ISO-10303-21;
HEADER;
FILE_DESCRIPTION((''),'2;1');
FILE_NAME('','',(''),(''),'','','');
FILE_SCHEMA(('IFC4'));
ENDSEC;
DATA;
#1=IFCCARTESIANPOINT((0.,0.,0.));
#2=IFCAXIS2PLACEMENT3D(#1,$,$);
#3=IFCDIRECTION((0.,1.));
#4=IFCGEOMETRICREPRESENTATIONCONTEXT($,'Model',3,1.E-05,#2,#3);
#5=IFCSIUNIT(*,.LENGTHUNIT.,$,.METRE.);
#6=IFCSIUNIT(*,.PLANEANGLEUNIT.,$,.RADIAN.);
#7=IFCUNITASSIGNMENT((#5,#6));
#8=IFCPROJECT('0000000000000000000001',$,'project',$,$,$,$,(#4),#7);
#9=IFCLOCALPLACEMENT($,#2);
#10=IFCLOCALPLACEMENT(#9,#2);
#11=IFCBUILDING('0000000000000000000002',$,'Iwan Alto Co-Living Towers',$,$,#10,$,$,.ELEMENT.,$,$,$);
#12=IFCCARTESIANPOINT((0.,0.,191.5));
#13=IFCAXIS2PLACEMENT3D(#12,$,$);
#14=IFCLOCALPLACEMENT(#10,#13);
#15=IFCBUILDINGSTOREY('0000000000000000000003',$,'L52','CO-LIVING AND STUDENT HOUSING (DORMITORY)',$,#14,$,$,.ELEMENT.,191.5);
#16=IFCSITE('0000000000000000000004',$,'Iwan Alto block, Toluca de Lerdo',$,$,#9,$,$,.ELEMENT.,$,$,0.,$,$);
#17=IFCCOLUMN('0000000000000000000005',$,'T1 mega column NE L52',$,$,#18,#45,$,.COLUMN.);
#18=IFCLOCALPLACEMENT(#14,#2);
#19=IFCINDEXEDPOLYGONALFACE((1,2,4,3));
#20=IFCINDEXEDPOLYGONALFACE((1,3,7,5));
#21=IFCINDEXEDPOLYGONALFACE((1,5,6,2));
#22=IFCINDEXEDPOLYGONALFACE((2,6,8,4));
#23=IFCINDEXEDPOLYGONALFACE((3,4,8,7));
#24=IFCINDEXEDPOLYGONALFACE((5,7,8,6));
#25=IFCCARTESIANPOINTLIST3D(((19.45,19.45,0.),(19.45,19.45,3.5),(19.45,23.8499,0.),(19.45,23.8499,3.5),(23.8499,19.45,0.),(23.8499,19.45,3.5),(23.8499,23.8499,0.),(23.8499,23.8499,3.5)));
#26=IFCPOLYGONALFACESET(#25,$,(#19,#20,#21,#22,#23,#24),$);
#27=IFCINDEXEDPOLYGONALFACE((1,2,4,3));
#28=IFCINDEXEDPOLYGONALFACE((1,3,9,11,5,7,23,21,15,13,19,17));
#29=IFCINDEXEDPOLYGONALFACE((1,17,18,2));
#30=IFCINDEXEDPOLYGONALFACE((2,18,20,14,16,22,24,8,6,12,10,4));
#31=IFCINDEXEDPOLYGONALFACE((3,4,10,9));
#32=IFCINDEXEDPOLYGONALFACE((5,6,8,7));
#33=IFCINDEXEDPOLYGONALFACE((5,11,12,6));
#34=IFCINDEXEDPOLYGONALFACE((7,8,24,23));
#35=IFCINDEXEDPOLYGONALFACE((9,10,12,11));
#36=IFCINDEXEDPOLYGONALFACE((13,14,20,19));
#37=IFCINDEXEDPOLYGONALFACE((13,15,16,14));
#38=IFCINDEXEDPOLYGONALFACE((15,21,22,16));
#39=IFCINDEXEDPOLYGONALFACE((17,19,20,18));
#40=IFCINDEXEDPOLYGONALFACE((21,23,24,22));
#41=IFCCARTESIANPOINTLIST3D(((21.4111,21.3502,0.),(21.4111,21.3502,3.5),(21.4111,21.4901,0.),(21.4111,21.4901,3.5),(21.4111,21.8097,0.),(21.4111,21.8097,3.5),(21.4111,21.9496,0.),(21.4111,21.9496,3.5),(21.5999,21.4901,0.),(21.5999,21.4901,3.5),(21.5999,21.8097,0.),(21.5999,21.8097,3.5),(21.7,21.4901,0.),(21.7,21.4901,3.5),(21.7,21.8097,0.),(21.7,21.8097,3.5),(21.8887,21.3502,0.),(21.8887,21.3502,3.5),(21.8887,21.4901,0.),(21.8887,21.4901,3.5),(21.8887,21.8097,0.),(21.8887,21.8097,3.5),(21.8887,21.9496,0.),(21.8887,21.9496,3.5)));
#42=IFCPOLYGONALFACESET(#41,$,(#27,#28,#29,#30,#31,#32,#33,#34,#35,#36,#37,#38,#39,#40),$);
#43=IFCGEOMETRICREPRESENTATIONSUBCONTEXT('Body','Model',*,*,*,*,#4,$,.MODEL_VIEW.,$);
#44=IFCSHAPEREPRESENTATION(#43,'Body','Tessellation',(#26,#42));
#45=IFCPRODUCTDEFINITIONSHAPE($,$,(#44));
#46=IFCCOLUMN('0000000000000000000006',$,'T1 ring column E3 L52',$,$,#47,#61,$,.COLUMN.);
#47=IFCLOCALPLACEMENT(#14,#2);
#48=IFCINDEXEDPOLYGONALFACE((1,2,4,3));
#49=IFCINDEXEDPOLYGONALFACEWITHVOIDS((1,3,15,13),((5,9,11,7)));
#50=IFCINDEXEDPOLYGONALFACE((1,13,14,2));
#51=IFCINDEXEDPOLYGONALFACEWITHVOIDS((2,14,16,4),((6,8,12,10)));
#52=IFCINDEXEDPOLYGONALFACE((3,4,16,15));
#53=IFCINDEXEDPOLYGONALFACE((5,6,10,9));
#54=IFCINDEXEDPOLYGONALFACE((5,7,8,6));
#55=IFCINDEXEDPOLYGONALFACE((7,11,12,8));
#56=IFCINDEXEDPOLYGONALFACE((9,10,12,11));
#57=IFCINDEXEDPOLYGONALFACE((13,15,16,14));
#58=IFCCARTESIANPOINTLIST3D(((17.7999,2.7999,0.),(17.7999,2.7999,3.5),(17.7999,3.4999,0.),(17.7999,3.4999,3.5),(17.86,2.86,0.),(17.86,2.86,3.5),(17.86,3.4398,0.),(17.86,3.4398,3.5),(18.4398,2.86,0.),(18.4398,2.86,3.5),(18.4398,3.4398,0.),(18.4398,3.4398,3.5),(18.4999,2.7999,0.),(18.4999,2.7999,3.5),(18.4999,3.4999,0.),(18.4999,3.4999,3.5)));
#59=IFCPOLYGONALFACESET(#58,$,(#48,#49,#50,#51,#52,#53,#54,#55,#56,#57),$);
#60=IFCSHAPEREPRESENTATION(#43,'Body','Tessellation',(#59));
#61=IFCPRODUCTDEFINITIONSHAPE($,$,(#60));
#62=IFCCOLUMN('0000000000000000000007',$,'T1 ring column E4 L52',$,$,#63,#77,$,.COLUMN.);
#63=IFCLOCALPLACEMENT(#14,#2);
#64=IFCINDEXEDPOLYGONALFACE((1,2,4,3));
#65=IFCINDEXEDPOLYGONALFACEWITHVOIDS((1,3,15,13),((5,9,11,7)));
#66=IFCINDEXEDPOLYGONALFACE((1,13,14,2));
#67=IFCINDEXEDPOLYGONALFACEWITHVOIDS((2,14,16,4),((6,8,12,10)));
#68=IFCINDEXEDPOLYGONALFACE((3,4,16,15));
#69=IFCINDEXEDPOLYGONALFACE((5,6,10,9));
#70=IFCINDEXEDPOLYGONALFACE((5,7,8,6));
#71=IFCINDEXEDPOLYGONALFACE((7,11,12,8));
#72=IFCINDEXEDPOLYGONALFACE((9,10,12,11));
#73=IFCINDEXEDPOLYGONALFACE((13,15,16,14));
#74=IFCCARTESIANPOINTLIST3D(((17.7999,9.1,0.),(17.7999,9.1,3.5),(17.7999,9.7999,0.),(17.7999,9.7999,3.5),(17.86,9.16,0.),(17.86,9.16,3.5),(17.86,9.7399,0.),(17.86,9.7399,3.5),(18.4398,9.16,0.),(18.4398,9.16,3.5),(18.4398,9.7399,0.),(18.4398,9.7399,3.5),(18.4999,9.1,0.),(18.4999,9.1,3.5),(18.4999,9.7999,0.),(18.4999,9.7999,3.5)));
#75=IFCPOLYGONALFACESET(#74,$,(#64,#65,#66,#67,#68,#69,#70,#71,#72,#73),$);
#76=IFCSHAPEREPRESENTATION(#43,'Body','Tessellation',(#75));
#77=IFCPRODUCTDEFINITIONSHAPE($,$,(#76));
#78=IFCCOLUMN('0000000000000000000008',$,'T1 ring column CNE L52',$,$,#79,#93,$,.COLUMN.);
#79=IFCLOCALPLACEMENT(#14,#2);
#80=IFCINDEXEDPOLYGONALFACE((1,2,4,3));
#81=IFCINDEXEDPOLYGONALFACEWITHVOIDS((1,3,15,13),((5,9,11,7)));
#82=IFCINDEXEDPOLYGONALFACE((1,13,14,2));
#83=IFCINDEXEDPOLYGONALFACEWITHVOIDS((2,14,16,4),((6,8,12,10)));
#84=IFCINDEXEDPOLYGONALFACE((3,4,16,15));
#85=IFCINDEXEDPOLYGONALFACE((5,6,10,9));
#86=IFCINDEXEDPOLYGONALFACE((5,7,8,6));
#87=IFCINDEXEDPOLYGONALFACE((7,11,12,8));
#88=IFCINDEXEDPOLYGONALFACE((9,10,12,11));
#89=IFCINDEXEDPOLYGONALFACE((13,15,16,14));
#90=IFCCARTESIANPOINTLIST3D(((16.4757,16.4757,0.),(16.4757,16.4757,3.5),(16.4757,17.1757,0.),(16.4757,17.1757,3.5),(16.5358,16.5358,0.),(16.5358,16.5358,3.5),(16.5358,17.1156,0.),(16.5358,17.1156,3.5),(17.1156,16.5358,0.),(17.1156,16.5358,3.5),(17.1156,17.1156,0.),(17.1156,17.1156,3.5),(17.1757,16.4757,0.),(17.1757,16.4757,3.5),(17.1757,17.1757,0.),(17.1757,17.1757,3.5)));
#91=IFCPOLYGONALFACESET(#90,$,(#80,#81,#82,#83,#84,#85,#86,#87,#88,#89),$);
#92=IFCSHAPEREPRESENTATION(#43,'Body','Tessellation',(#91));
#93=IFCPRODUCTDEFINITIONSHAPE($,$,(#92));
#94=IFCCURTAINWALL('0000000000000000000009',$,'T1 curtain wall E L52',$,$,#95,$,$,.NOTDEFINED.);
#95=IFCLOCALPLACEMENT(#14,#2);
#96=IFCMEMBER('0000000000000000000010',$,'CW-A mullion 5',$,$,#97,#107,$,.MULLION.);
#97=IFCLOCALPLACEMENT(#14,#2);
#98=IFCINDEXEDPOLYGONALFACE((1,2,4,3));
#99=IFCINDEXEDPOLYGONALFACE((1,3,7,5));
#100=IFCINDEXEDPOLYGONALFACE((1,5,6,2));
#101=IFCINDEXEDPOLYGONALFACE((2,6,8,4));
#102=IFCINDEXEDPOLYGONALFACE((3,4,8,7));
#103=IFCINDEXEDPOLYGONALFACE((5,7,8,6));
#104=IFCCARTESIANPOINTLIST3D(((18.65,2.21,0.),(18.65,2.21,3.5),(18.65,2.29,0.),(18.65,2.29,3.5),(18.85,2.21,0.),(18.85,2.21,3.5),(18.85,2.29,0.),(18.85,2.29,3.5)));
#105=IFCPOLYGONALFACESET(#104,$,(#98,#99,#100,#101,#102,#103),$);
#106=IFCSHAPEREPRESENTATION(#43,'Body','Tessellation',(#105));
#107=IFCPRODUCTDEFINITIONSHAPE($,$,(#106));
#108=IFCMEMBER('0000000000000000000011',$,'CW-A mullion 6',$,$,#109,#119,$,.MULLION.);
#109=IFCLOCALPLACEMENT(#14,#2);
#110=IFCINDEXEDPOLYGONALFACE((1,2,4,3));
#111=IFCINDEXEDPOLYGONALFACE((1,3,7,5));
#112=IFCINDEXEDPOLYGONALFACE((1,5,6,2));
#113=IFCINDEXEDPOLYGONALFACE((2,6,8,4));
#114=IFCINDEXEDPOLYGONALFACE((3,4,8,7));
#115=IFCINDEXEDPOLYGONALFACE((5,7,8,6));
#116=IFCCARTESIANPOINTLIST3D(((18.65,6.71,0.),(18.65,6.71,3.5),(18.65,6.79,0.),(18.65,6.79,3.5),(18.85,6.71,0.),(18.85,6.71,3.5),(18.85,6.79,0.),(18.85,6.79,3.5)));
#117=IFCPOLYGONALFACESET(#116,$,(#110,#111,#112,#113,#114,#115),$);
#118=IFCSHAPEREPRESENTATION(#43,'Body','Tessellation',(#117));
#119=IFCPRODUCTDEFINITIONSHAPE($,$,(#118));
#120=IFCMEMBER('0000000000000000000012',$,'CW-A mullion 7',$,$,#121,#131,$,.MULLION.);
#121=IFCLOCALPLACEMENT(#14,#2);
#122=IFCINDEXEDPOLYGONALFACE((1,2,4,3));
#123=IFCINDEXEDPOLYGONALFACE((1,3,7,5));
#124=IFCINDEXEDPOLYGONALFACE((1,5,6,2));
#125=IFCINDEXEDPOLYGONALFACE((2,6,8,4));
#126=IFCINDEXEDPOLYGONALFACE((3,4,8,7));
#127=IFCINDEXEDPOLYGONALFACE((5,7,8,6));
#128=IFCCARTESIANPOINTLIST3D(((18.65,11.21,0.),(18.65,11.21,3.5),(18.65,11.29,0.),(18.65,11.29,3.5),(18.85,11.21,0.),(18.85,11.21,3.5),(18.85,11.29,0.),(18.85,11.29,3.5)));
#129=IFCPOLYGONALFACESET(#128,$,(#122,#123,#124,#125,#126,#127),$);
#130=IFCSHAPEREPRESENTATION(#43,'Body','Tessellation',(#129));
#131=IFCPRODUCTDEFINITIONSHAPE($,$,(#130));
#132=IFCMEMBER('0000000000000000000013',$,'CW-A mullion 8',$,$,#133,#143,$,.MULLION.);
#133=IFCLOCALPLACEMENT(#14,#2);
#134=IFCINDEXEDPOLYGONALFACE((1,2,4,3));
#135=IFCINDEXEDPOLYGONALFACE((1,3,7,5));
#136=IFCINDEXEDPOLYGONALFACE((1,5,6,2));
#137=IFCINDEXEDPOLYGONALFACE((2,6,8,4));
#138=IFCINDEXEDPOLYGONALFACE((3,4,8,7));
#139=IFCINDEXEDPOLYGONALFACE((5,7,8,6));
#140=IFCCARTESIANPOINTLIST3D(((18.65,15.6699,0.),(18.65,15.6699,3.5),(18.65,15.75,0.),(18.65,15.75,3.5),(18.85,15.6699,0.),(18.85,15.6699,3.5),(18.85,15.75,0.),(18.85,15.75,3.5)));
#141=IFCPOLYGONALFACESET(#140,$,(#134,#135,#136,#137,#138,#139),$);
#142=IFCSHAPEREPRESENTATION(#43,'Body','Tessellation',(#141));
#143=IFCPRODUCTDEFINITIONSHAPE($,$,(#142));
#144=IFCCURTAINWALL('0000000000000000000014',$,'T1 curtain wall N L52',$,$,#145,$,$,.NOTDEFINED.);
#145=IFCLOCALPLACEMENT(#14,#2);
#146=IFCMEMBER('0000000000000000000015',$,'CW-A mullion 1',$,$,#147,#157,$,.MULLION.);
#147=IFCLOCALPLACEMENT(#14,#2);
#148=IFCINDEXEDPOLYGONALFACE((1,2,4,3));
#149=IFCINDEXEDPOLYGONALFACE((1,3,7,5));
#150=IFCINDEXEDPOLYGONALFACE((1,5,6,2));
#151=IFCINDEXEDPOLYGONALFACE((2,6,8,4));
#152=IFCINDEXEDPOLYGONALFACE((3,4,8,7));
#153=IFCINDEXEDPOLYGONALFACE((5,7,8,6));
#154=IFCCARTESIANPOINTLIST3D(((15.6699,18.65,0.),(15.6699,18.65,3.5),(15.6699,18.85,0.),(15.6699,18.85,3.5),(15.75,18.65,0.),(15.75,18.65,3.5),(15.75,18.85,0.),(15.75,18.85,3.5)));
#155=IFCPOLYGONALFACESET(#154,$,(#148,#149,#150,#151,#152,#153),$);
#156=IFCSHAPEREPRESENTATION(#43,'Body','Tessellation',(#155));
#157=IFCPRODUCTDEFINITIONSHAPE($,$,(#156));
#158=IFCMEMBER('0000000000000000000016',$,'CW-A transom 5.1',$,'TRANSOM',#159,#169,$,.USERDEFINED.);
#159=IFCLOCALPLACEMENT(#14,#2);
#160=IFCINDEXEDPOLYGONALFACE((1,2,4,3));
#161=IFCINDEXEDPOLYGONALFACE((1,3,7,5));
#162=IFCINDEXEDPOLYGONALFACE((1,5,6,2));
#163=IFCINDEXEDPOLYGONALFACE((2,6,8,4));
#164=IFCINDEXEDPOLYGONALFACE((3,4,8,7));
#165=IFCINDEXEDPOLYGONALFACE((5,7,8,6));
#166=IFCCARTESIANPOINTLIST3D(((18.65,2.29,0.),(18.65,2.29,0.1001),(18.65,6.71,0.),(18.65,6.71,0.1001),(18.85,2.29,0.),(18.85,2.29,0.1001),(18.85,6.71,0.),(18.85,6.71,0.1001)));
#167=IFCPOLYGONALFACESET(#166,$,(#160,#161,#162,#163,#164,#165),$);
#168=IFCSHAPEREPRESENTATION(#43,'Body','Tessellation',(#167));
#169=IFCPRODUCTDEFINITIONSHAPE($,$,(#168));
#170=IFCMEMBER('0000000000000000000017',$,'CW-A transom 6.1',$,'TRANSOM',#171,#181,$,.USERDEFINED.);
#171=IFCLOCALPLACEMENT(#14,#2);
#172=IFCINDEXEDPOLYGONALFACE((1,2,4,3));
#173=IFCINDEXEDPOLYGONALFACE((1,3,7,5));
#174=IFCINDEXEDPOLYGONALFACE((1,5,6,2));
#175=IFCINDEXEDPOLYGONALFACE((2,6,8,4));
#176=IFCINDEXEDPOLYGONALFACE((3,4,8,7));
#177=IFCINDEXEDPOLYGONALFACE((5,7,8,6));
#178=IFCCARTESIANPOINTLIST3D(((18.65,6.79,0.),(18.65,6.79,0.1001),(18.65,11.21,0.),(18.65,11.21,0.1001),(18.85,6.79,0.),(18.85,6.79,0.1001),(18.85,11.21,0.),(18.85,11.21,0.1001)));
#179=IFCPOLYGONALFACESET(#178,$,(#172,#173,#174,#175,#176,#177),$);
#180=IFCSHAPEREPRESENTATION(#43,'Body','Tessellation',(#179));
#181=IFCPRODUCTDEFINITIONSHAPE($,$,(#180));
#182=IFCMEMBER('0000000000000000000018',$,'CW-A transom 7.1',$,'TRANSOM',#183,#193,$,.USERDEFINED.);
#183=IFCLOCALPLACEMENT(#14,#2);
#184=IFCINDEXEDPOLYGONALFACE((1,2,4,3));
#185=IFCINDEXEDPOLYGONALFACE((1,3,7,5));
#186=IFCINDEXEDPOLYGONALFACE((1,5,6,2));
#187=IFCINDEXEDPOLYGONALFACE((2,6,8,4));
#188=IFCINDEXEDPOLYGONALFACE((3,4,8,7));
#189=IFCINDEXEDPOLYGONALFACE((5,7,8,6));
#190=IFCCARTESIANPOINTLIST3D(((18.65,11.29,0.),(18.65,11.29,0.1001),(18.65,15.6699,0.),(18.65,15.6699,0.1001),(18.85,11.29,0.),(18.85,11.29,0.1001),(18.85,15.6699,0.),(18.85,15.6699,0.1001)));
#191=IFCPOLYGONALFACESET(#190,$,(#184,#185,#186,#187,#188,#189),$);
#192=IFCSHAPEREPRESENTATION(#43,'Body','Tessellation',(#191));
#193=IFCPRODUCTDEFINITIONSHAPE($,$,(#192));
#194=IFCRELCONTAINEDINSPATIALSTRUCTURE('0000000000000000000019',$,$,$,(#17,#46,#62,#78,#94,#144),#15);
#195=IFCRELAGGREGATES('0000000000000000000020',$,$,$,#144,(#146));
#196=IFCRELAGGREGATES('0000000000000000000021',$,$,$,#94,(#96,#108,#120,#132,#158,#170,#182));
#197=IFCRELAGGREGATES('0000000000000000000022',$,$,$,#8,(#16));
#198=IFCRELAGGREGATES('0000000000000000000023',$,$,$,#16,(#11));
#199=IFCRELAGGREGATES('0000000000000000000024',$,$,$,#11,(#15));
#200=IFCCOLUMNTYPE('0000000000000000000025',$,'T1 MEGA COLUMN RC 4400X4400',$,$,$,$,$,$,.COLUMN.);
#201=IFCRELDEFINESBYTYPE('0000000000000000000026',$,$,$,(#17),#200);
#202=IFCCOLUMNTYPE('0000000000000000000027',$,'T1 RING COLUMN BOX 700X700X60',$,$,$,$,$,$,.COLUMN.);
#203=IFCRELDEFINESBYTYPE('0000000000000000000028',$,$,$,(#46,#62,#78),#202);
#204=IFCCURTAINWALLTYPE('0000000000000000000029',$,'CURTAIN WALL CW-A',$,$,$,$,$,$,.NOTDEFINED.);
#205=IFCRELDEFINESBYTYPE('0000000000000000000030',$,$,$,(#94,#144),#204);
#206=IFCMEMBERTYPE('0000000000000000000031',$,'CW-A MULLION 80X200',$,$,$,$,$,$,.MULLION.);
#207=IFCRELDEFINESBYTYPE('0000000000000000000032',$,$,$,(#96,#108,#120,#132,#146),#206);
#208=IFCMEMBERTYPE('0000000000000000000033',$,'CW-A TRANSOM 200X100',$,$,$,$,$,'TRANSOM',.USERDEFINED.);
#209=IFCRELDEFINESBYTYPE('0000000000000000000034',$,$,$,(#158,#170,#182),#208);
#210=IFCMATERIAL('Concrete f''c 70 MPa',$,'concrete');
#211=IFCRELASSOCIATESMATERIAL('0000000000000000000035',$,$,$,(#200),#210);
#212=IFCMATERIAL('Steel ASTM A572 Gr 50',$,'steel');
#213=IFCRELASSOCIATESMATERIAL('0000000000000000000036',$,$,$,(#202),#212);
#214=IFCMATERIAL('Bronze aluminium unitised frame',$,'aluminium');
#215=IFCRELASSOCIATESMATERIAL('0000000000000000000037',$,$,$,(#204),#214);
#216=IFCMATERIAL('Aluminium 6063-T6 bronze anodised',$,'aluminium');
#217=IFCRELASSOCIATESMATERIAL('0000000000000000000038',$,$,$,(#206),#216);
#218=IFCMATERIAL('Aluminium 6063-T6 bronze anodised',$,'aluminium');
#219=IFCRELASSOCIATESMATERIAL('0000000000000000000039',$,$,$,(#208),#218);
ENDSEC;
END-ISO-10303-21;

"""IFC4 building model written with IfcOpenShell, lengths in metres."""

from ifc_helpers import new_model, si_unit, direction, frame, origin, origin_2d, place, context, subcontext, project, spatial, rectangle, hollow_rectangle, i_section, extrude, material, material_profile, profile_set, type_object, element, aggregate, save


model = new_model("IFC4")

# Units and contexts
model_context = context("Model", 3, precision=1e-05, world=origin(), true_north=direction((0.0, 1.0)))
body_context = subcontext(model_context, "Body", "Model", "MODEL_VIEW")
ifc_project = project(units=[si_unit("LENGTHUNIT", "METRE"), si_unit("PLANEANGLEUNIT", "RADIAN")], contexts=[model_context])

# Site, building, storey
site_placement = place(None, origin())
site = spatial("IfcSite", under=ifc_project, at=site_placement, Name="Iwan Alto block, Toluca de Lerdo", CompositionType="ELEMENT", RefElevation=0.0)
building_placement = place(site_placement, origin())
building = spatial("IfcBuilding", under=site, at=building_placement, Name="Iwan Alto Co-Living Towers", CompositionType="ELEMENT")
storey_placement = place(building_placement, frame((0.0, 0.0, 191.5)))
storey = spatial("IfcBuildingStorey", under=building, at=storey_placement, Name="L52", Description="CO-LIVING AND STUDENT HOUSING (DORMITORY)", CompositionType="ELEMENT", Elevation=191.5)

# Columns
ifc_material_1 = material(Name="Concrete f'c 70 MPa", Category="concrete")
ifc_material_profile_1 = material_profile(ifc_material_1, rectangle(XDim=4.3999, YDim=4.3999, at=origin_2d()), Name="RC 4400X4400")
ifc_profile_set_1 = profile_set([ifc_material_profile_1], Name="Concrete f'c 70 MPa")
column_type_1 = type_object("IfcColumnType", Name="T1 MEGA COLUMN RC 4400X4400", PredefinedType="COLUMN", material=ifc_profile_set_1)
column_placement = place(storey_placement, frame((21.6499, 21.6499, 0.0), z_axis=(0.0, 0.0, 1.0), x_axis=(1.0, 0.0, 0.0)))
element("IfcColumn", 1, at=column_placement, inside=storey, type_object=column_type_1, Name="T1 mega column NE L52", PredefinedType="COLUMN", context=body_context, shape_type="SweptSolid", body=[
    extrude(rectangle(XDim=4.3999, YDim=4.3999, at=origin_2d()), origin(), (0.0, 0.0, 1.0), 3.5),
    extrude(i_section(OverallWidth=0.4775, OverallDepth=0.5994, WebThickness=0.1001, FlangeThickness=0.1399, at=origin_2d()), origin(), (0.0, 0.0, 1.0), 3.5),
])
ifc_material_2 = material(Name="Steel ASTM A572 Gr 50", Category="steel")
ifc_material_profile_2 = material_profile(ifc_material_2, hollow_rectangle(XDim=0.7, YDim=0.7, WallThickness=0.0601, at=origin_2d()), Name="BOX 700X700X60")
ifc_profile_set_2 = profile_set([ifc_material_profile_2], Name="Steel ASTM A572 Gr 50")
column_type_2 = type_object("IfcColumnType", Name="T1 RING COLUMN BOX 700X700X60", PredefinedType="COLUMN", material=ifc_profile_set_2)
for number, where, z_axis, x_axis, name in (
    (2, (18.1499, 3.1499, 0.0), (0.0, 0.0, 1.0), (1.0, 0.0, 0.0), "T1 ring column E3 L52"),
    (3, (18.1499, 9.45, 0.0), (0.0, 0.0, 1.0), (1.0, 0.0, 0.0), "T1 ring column E4 L52"),
    (4, (16.8257, 16.8257, 0.0), (0.0, 0.0, 1.0), (1.0, 0.0, 0.0), "T1 ring column CNE L52"),
):
    element("IfcColumn", number, at=place(storey_placement, frame(where, z_axis=z_axis, x_axis=x_axis)), inside=storey, type_object=column_type_2, Name=name, PredefinedType="COLUMN", context=body_context, shape_type="SweptSolid", body=[
        extrude(hollow_rectangle(XDim=0.7, YDim=0.7, WallThickness=0.0601, at=origin_2d()), origin(), (0.0, 0.0, 1.0), 3.5),
    ])

# Curtain wall, members
ifc_material_3 = material(Name="Bronze aluminium unitised frame", Category="aluminium")
curtain_wall_type_1 = type_object("IfcCurtainWallType", Name="CURTAIN WALL CW-A", PredefinedType="NOTDEFINED", material=ifc_material_3)
curtain_wall_1_placement = place(storey_placement, origin())
curtain_wall_1 = element("IfcCurtainWall", 5, at=curtain_wall_1_placement, inside=storey, type_object=curtain_wall_type_1, Name="T1 curtain wall E L52", PredefinedType="NOTDEFINED")
ifc_material_4 = material(Name="Aluminium 6063-T6 bronze anodised", Category="aluminium")
ifc_material_profile_3 = material_profile(ifc_material_4, rectangle(XDim=0.2, YDim=0.0801, at=origin_2d()), Name="AL 80X200")
ifc_profile_set_3 = profile_set([ifc_material_profile_3], Name="Aluminium 6063-T6 bronze anodised")
member_type_1 = type_object("IfcMemberType", Name="CW-A MULLION 80X200", PredefinedType="MULLION", material=ifc_profile_set_3)
member_1_placement = place(storey_placement, frame((18.75, 2.25, 0.0), z_axis=(0.0, 0.0, 1.0), x_axis=(-1.0, 0.0, 0.0)))
member_1 = element("IfcMember", 6, at=member_1_placement, type_object=member_type_1, Name="CW-A mullion 5", PredefinedType="MULLION", context=body_context, shape_type="SweptSolid", body=[
    extrude(rectangle(XDim=0.2, YDim=0.0801, at=origin_2d()), origin(), (0.0, 0.0, 1.0), 3.5),
])
member_2_placement = place(storey_placement, frame((18.75, 6.75, 0.0), z_axis=(0.0, 0.0, 1.0), x_axis=(-1.0, 0.0, 0.0)))
member_2 = element("IfcMember", 7, at=member_2_placement, type_object=member_type_1, Name="CW-A mullion 6", PredefinedType="MULLION", context=body_context, shape_type="SweptSolid", body=[
    extrude(rectangle(XDim=0.2, YDim=0.0801, at=origin_2d()), origin(), (0.0, 0.0, 1.0), 3.5),
])
member_3_placement = place(storey_placement, frame((18.75, 11.25, 0.0), z_axis=(0.0, 0.0, 1.0), x_axis=(-1.0, 0.0, 0.0)))
member_3 = element("IfcMember", 8, at=member_3_placement, type_object=member_type_1, Name="CW-A mullion 7", PredefinedType="MULLION", context=body_context, shape_type="SweptSolid", body=[
    extrude(rectangle(XDim=0.2, YDim=0.0801, at=origin_2d()), origin(), (0.0, 0.0, 1.0), 3.5),
])
member_4_placement = place(storey_placement, frame((18.75, 15.71, 0.0), z_axis=(0.0, 0.0, 1.0), x_axis=(-1.0, 0.0, 0.0)))
member_4 = element("IfcMember", 9, at=member_4_placement, type_object=member_type_1, Name="CW-A mullion 8", PredefinedType="MULLION", context=body_context, shape_type="SweptSolid", body=[
    extrude(rectangle(XDim=0.2, YDim=0.0801, at=origin_2d()), origin(), (0.0, 0.0, 1.0), 3.5),
])

# Curtain wall, member
curtain_wall_2_placement = place(storey_placement, origin())
curtain_wall_2 = element("IfcCurtainWall", 10, at=curtain_wall_2_placement, inside=storey, type_object=curtain_wall_type_1, Name="T1 curtain wall N L52", PredefinedType="NOTDEFINED")
member_5_placement = place(storey_placement, frame((15.71, 18.75, 0.0), z_axis=(0.0, 0.0, 1.0), x_axis=(0.0, -1.0, 0.0)))
member_5 = element("IfcMember", 11, at=member_5_placement, type_object=member_type_1, Name="CW-A mullion 1", PredefinedType="MULLION", context=body_context, shape_type="SweptSolid", body=[
    extrude(rectangle(XDim=0.2, YDim=0.0801, at=origin_2d()), origin(), (0.0, 0.0, 1.0), 3.5),
])

# Members
ifc_material_5 = material(Name="Aluminium 6063-T6 bronze anodised", Category="aluminium")
ifc_material_profile_4 = material_profile(ifc_material_5, rectangle(XDim=0.2, YDim=0.1001, at=origin_2d()), Name="AL 200X100")
ifc_profile_set_4 = profile_set([ifc_material_profile_4], Name="Aluminium 6063-T6 bronze anodised")
member_type_2 = type_object("IfcMemberType", Name="CW-A TRANSOM 200X100", ElementType="TRANSOM", PredefinedType="USERDEFINED", material=ifc_profile_set_4)
member_6_placement = place(storey_placement, frame((18.75, 2.29, 0.05), z_axis=(0.0, 1.0, 0.0), x_axis=(-1.0, 0.0, 0.0)))
member_6 = element("IfcMember", 12, at=member_6_placement, type_object=member_type_2, Name="CW-A transom 5.1", ObjectType="TRANSOM", PredefinedType="USERDEFINED", context=body_context, shape_type="SweptSolid", body=[
    extrude(rectangle(XDim=0.2, YDim=0.1001, at=origin_2d()), origin(), (0.0, 0.0, 1.0), 4.4199),
])
member_7_placement = place(storey_placement, frame((18.75, 6.79, 0.05), z_axis=(0.0, 1.0, 0.0), x_axis=(-1.0, 0.0, 0.0)))
member_7 = element("IfcMember", 13, at=member_7_placement, type_object=member_type_2, Name="CW-A transom 6.1", ObjectType="TRANSOM", PredefinedType="USERDEFINED", context=body_context, shape_type="SweptSolid", body=[
    extrude(rectangle(XDim=0.2, YDim=0.1001, at=origin_2d()), origin(), (0.0, 0.0, 1.0), 4.4199),
])
member_8_placement = place(storey_placement, frame((18.75, 11.29, 0.05), z_axis=(0.0, 1.0, 0.0), x_axis=(-1.0, 0.0, 0.0)))
member_8 = element("IfcMember", 14, at=member_8_placement, type_object=member_type_2, Name="CW-A transom 7.1", ObjectType="TRANSOM", PredefinedType="USERDEFINED", context=body_context, shape_type="SweptSolid", body=[
    extrude(rectangle(XDim=0.2, YDim=0.1001, at=origin_2d()), origin(), (0.0, 0.0, 1.0), 4.3799),
])
aggregate(curtain_wall_2, [member_5])

aggregate(curtain_wall_1, [member_1, member_2, member_3, member_4, member_6, member_7, member_8])

save(model, "model.ifc")
